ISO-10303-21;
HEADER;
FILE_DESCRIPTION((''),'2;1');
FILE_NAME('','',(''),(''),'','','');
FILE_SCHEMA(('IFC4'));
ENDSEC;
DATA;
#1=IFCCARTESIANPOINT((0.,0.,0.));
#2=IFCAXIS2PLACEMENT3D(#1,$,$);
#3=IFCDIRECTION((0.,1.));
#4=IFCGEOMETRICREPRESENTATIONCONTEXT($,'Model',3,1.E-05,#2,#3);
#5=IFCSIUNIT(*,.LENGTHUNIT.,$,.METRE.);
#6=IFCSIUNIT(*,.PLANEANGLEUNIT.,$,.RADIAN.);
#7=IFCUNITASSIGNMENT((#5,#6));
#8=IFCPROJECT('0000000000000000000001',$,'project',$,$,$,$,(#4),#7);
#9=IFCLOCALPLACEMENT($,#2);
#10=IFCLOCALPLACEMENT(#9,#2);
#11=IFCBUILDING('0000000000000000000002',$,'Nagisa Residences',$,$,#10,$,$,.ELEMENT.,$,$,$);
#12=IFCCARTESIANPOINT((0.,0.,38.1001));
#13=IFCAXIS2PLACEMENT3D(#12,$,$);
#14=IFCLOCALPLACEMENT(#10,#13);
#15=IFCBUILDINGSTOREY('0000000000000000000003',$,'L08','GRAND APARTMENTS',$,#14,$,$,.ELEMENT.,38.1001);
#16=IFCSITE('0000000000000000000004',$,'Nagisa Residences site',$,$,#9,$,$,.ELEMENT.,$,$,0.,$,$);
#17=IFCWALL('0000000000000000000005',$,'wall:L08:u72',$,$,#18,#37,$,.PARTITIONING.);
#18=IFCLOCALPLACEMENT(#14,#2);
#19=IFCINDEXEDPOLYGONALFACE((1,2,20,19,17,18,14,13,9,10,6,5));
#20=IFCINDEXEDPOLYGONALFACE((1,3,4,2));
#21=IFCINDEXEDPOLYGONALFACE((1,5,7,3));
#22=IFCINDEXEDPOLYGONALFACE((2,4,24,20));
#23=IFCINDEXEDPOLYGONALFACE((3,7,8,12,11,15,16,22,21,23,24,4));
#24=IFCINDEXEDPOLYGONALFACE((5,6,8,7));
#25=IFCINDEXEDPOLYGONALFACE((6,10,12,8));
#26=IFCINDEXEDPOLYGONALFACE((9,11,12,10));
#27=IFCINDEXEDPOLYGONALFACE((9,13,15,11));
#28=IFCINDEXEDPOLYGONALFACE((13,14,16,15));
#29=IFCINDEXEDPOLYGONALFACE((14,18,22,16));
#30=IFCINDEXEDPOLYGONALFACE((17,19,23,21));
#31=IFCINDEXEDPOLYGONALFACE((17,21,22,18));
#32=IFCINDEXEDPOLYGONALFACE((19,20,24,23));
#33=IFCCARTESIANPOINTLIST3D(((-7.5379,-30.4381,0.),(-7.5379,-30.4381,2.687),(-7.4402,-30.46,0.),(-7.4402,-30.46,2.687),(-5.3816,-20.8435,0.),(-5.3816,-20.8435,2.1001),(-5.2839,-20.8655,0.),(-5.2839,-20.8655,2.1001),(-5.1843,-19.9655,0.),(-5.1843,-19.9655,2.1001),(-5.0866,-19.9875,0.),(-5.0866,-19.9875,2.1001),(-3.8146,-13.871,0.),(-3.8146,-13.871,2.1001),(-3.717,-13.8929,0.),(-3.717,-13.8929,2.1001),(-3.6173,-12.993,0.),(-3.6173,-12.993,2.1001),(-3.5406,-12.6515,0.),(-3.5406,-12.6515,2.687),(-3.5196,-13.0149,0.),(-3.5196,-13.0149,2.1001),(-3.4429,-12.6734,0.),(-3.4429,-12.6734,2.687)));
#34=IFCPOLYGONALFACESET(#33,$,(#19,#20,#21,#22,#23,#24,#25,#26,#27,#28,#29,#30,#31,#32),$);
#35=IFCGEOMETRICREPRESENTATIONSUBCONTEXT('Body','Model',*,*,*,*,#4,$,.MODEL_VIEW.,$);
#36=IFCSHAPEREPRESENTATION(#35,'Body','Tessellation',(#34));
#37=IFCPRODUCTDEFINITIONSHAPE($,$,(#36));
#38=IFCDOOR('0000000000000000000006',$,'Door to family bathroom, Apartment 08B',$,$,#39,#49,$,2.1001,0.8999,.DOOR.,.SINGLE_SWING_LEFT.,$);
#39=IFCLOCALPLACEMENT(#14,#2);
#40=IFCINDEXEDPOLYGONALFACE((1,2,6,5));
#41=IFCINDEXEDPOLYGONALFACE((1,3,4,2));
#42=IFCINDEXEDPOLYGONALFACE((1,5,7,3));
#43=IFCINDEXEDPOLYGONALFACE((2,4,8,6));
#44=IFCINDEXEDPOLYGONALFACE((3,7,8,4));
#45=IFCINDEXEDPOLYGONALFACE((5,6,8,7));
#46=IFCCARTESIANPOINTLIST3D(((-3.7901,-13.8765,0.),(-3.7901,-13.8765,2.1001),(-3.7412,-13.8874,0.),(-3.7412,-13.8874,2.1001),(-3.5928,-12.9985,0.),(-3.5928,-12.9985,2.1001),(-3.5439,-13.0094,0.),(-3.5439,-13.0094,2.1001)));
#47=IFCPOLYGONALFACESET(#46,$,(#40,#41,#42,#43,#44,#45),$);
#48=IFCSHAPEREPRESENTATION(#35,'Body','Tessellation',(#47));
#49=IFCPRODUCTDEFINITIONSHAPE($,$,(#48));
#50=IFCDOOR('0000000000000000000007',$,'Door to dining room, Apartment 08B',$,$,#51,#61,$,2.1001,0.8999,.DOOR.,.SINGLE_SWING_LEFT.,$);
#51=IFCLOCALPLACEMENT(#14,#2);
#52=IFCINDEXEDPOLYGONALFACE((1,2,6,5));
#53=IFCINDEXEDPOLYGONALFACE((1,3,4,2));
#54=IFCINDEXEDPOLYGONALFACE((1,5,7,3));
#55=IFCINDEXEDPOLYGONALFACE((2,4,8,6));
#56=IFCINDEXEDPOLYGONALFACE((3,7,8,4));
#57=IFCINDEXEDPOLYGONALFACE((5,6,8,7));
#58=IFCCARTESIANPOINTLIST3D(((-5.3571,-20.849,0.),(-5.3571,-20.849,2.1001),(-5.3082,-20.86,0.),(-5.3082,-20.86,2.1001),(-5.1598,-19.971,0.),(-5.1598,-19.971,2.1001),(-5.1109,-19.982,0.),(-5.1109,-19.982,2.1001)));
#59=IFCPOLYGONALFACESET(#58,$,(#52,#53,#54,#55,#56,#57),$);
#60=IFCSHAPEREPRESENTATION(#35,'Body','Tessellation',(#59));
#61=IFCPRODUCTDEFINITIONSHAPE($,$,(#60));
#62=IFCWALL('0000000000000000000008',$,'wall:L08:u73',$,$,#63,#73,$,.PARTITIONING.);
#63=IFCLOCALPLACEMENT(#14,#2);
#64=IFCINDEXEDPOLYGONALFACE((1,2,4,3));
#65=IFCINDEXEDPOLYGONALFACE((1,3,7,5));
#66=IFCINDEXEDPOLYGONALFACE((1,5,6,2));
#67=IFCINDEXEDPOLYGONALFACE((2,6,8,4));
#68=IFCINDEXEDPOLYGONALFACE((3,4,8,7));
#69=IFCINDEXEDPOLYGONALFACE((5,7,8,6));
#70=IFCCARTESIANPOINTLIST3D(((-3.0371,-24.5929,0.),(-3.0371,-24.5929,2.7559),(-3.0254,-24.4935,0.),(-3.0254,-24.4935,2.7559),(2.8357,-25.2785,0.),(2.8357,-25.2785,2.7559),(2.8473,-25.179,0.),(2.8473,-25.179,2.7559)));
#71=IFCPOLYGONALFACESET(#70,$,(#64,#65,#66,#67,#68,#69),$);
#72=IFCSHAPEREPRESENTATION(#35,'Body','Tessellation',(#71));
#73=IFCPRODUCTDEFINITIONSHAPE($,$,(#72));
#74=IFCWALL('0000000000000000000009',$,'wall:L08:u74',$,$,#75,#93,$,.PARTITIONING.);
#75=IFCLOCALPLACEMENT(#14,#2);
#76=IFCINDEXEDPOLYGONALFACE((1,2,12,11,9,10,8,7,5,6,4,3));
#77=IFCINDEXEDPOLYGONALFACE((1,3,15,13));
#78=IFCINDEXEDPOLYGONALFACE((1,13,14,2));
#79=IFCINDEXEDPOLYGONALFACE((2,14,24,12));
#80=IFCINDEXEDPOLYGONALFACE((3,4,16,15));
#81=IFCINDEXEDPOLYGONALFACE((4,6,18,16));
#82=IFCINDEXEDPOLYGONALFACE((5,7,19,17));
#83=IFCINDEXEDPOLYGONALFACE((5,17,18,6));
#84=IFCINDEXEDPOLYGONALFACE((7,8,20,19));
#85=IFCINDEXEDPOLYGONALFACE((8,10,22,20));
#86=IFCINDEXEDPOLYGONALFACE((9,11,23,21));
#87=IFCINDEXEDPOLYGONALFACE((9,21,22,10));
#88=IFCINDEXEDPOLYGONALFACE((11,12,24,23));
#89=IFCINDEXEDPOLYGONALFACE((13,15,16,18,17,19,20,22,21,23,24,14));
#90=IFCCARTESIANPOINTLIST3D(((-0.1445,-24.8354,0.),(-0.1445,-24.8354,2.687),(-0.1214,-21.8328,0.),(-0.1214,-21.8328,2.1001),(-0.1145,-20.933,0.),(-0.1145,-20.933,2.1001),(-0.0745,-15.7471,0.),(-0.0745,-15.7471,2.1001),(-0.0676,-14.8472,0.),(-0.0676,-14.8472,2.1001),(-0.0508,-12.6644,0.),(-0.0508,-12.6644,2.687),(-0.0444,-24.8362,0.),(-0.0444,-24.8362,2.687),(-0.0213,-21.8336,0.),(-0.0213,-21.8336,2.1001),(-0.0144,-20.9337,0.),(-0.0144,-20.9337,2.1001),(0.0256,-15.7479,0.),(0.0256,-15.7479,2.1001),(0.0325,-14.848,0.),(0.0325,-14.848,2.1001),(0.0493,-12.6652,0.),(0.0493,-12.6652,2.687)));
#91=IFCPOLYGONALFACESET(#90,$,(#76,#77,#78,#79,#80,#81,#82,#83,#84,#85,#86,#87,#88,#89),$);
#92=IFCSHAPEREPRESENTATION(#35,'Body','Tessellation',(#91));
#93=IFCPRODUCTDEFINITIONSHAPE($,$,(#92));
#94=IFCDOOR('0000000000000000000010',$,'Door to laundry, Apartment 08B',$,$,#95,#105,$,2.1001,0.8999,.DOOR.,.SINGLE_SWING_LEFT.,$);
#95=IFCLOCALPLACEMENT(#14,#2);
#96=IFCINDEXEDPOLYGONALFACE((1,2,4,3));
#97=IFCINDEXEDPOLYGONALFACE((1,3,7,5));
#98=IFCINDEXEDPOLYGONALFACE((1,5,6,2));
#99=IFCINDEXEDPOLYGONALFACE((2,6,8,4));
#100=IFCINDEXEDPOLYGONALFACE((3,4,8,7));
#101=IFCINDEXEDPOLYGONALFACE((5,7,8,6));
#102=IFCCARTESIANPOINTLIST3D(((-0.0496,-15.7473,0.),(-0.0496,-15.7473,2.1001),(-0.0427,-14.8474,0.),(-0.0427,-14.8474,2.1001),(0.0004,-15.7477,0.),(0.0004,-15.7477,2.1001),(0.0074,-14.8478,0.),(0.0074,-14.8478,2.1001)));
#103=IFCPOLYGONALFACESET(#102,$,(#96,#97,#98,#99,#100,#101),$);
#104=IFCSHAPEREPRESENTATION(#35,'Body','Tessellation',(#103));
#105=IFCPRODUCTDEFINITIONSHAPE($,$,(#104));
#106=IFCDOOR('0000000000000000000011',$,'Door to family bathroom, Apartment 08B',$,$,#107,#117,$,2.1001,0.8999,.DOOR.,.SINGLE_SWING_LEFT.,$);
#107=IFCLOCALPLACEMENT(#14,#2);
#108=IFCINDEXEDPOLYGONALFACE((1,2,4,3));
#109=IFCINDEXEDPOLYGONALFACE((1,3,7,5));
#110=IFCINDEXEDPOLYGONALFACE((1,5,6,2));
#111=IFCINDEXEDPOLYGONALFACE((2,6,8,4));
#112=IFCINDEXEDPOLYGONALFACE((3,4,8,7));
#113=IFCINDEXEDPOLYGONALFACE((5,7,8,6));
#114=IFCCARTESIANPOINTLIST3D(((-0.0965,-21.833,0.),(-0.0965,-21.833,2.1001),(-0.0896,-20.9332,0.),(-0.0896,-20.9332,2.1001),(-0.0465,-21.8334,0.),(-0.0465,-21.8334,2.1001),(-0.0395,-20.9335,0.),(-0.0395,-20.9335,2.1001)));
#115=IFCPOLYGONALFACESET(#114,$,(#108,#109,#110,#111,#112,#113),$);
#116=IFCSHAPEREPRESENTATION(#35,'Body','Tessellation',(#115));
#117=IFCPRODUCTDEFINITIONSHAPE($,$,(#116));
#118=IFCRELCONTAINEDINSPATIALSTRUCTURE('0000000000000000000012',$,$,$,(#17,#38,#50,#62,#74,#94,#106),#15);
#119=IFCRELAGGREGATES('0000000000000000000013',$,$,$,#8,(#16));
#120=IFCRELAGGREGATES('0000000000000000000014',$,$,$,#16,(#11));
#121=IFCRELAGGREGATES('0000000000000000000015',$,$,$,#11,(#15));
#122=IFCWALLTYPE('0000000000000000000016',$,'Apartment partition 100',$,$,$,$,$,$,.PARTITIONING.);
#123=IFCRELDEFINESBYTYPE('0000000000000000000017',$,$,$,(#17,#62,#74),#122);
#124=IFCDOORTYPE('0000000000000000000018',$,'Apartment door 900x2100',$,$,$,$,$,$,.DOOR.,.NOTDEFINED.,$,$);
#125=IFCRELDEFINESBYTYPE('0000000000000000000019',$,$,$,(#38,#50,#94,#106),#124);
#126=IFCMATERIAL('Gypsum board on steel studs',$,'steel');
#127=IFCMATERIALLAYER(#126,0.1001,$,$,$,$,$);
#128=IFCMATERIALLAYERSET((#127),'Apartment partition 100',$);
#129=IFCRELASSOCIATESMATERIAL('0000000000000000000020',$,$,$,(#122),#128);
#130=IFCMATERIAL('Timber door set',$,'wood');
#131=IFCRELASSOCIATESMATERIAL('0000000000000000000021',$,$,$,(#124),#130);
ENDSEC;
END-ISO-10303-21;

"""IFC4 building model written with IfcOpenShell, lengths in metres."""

from ifc_helpers import new_model, si_unit, direction, frame, frame_2d, origin, place, context, subcontext, project, spatial, rectangle, extrude, material, layer, layer_set, type_object, element, fill, save


model = new_model("IFC4")

# Units and contexts
model_context = context("Model", 3, precision=1e-05, world=origin(), true_north=direction((0.0, 1.0)))
body_context = subcontext(model_context, "Body", "Model", "MODEL_VIEW")
ifc_project = project(units=[si_unit("LENGTHUNIT", "METRE"), si_unit("PLANEANGLEUNIT", "RADIAN")], contexts=[model_context])

# Site, building, storey
site_placement = place(None, origin())
site = spatial("IfcSite", under=ifc_project, at=site_placement, Name="Nagisa Residences site", CompositionType="ELEMENT", RefElevation=0.0)
building_placement = place(site_placement, origin())
building = spatial("IfcBuilding", under=site, at=building_placement, Name="Nagisa Residences", CompositionType="ELEMENT")
storey_placement = place(building_placement, frame((0.0, 0.0, 38.1001)))
storey = spatial("IfcBuildingStorey", under=building, at=storey_placement, Name="L08", Description="GRAND APARTMENTS", CompositionType="ELEMENT", Elevation=38.1001)

# Shared definitions
ifc_material_1 = material(Name="Gypsum board on steel studs", Category="steel")
ifc_layer_1 = layer(ifc_material_1, 0.1001)
ifc_layer_set_1 = layer_set([ifc_layer_1], Name="Apartment partition 100")
wall_type_1 = type_object("IfcWallType", Name="Apartment partition 100", PredefinedType="PARTITIONING", material=ifc_layer_set_1)
ifc_material_2 = material(Name="Timber door set", Category="wood")
door_type_1 = type_object("IfcDoorType", Name="Apartment door 900x2100", OperationType="NOTDEFINED", PredefinedType="DOOR", material=ifc_material_2)

# Wall, openings, doors
wall_1_placement = place(storey_placement, frame((-3.4917, -12.6624, 0.0), z_axis=(0.0, 0.0, 1.0), x_axis=(-0.219268, -0.975665, 0.0)))
wall_1 = element("IfcWall", 1, at=wall_1_placement, inside=storey, type_object=wall_type_1, Name="wall:L08:u72", PredefinedType="PARTITIONING", context=body_context, shape_type="SweptSolid", body=[
    extrude(rectangle(XDim=18.2302, YDim=0.1001, at=frame_2d((9.1152, 0.0))), origin(), (0.0, 0.0, 1.0), 2.687),
])
opening_1_placement = place(wall_1_placement, frame((0.3501, 0.0, 0.0)))
opening_1 = element("IfcOpeningElement", 2, at=opening_1_placement, cuts=wall_1, PredefinedType="OPENING", context=body_context, shape_type="SweptSolid", body=[
    extrude(rectangle(XDim=0.8999, YDim=2.1001, at=frame_2d((0.45, 1.05))), frame((0.0, 0.0601, 0.0), z_axis=(0.0, -1.0, 0.0), x_axis=(1.0, 0.0, 0.0)), (0.0, 0.0, 1.0), 0.1201),
])
opening_2_placement = place(wall_1_placement, frame((7.4966, 0.0, 0.0)))
opening_2 = element("IfcOpeningElement", 3, at=opening_2_placement, cuts=wall_1, PredefinedType="OPENING", context=body_context, shape_type="SweptSolid", body=[
    extrude(rectangle(XDim=0.8999, YDim=2.1001, at=frame_2d((0.45, 1.05))), frame((0.0, 0.0601, 0.0), z_axis=(0.0, -1.0, 0.0), x_axis=(1.0, 0.0, 0.0)), (0.0, 0.0, 1.0), 0.1201),
])
door_1_placement = place(opening_1_placement, frame((0.8999, 0.0, 0.0), x_axis=(-1.0, 0.0, 0.0)))
door_1 = element("IfcDoor", 4, at=door_1_placement, inside=storey, type_object=door_type_1, Name="Door to family bathroom, Apartment 08B", OperationType="SINGLE_SWING_LEFT", OverallHeight=2.1001, OverallWidth=0.8999, PredefinedType="DOOR", context=body_context, shape_type="SweptSolid", body=[
    extrude(rectangle(XDim=0.8999, YDim=2.1001, at=frame_2d((0.45, 1.05))), frame((0.0, 0.0249, 0.0), z_axis=(0.0, -1.0, 0.0), x_axis=(1.0, 0.0, 0.0)), (0.0, 0.0, 1.0), 0.05),
])
fill(opening_1, door_1)
door_2_placement = place(opening_2_placement, frame((0.8999, 0.0, 0.0), x_axis=(-1.0, 0.0, 0.0)))
door_2 = element("IfcDoor", 5, at=door_2_placement, inside=storey, type_object=door_type_1, Name="Door to dining room, Apartment 08B", OperationType="SINGLE_SWING_LEFT", OverallHeight=2.1001, OverallWidth=0.8999, PredefinedType="DOOR", context=body_context, shape_type="SweptSolid", body=[
    extrude(rectangle(XDim=0.8999, YDim=2.1001, at=frame_2d((0.45, 1.05))), frame((0.0, 0.0249, 0.0), z_axis=(0.0, -1.0, 0.0), x_axis=(1.0, 0.0, 0.0)), (0.0, 0.0, 1.0), 0.05),
])
fill(opening_2, door_2)

# Wall
wall_2_placement = place(storey_placement, frame((-3.0312, -24.5432, 0.0), z_axis=(0.0, 0.0, 1.0), x_axis=(0.993256, -0.115945, 0.0)))
element("IfcWall", 6, at=wall_2_placement, inside=storey, type_object=wall_type_1, Name="wall:L08:u73", PredefinedType="PARTITIONING", context=body_context, shape_type="SweptSolid", body=[
    extrude(rectangle(XDim=5.9126, YDim=0.1001, at=frame_2d((2.9563, 0.0))), origin(), (0.0, 0.0, 1.0), 2.7559),
])

# Wall, openings, doors
wall_3_placement = place(storey_placement, frame((-0.0007, -12.6648, 0.0), z_axis=(0.0, 0.0, 1.0), x_axis=(-0.007702, -0.99997, 0.0)))
wall_3 = element("IfcWall", 7, at=wall_3_placement, inside=storey, type_object=wall_type_1, Name="wall:L08:u74", PredefinedType="PARTITIONING", context=body_context, shape_type="SweptSolid", body=[
    extrude(rectangle(XDim=12.1714, YDim=0.1001, at=frame_2d((6.0857, 0.0))), origin(), (0.0, 0.0, 1.0), 2.687),
])
opening_3_placement = place(wall_3_placement, frame((2.1829, 0.0, 0.0)))
opening_3 = element("IfcOpeningElement", 8, at=opening_3_placement, cuts=wall_3, PredefinedType="OPENING", context=body_context, shape_type="SweptSolid", body=[
    extrude(rectangle(XDim=0.8999, YDim=2.1001, at=frame_2d((0.45, 1.05))), frame((0.0, 0.0601, 0.0), z_axis=(0.0, -1.0, 0.0), x_axis=(1.0, 0.0, 0.0)), (0.0, 0.0, 1.0), 0.1201),
])
opening_4_placement = place(wall_3_placement, frame((8.2688, 0.0, 0.0)))
opening_4 = element("IfcOpeningElement", 9, at=opening_4_placement, cuts=wall_3, PredefinedType="OPENING", context=body_context, shape_type="SweptSolid", body=[
    extrude(rectangle(XDim=0.8999, YDim=2.1001, at=frame_2d((0.45, 1.05))), frame((0.0, 0.0601, 0.0), z_axis=(0.0, -1.0, 0.0), x_axis=(1.0, 0.0, 0.0)), (0.0, 0.0, 1.0), 0.1201),
])
door_3_placement = place(opening_3_placement, origin())
door_3 = element("IfcDoor", 10, at=door_3_placement, inside=storey, type_object=door_type_1, Name="Door to laundry, Apartment 08B", OperationType="SINGLE_SWING_LEFT", OverallHeight=2.1001, OverallWidth=0.8999, PredefinedType="DOOR", context=body_context, shape_type="SweptSolid", body=[
    extrude(rectangle(XDim=0.8999, YDim=2.1001, at=frame_2d((0.45, 1.05))), frame((0.0, 0.0249, 0.0), z_axis=(0.0, -1.0, 0.0), x_axis=(1.0, 0.0, 0.0)), (0.0, 0.0, 1.0), 0.05),
])
fill(opening_3, door_3)
door_4_placement = place(opening_4_placement, origin())
door_4 = element("IfcDoor", 11, at=door_4_placement, inside=storey, type_object=door_type_1, Name="Door to family bathroom, Apartment 08B", OperationType="SINGLE_SWING_LEFT", OverallHeight=2.1001, OverallWidth=0.8999, PredefinedType="DOOR", context=body_context, shape_type="SweptSolid", body=[
    extrude(rectangle(XDim=0.8999, YDim=2.1001, at=frame_2d((0.45, 1.05))), frame((0.0, 0.0249, 0.0), z_axis=(0.0, -1.0, 0.0), x_axis=(1.0, 0.0, 0.0)), (0.0, 0.0, 1.0), 0.05),
])
fill(opening_4, door_4)

save(model, "model.ifc")
